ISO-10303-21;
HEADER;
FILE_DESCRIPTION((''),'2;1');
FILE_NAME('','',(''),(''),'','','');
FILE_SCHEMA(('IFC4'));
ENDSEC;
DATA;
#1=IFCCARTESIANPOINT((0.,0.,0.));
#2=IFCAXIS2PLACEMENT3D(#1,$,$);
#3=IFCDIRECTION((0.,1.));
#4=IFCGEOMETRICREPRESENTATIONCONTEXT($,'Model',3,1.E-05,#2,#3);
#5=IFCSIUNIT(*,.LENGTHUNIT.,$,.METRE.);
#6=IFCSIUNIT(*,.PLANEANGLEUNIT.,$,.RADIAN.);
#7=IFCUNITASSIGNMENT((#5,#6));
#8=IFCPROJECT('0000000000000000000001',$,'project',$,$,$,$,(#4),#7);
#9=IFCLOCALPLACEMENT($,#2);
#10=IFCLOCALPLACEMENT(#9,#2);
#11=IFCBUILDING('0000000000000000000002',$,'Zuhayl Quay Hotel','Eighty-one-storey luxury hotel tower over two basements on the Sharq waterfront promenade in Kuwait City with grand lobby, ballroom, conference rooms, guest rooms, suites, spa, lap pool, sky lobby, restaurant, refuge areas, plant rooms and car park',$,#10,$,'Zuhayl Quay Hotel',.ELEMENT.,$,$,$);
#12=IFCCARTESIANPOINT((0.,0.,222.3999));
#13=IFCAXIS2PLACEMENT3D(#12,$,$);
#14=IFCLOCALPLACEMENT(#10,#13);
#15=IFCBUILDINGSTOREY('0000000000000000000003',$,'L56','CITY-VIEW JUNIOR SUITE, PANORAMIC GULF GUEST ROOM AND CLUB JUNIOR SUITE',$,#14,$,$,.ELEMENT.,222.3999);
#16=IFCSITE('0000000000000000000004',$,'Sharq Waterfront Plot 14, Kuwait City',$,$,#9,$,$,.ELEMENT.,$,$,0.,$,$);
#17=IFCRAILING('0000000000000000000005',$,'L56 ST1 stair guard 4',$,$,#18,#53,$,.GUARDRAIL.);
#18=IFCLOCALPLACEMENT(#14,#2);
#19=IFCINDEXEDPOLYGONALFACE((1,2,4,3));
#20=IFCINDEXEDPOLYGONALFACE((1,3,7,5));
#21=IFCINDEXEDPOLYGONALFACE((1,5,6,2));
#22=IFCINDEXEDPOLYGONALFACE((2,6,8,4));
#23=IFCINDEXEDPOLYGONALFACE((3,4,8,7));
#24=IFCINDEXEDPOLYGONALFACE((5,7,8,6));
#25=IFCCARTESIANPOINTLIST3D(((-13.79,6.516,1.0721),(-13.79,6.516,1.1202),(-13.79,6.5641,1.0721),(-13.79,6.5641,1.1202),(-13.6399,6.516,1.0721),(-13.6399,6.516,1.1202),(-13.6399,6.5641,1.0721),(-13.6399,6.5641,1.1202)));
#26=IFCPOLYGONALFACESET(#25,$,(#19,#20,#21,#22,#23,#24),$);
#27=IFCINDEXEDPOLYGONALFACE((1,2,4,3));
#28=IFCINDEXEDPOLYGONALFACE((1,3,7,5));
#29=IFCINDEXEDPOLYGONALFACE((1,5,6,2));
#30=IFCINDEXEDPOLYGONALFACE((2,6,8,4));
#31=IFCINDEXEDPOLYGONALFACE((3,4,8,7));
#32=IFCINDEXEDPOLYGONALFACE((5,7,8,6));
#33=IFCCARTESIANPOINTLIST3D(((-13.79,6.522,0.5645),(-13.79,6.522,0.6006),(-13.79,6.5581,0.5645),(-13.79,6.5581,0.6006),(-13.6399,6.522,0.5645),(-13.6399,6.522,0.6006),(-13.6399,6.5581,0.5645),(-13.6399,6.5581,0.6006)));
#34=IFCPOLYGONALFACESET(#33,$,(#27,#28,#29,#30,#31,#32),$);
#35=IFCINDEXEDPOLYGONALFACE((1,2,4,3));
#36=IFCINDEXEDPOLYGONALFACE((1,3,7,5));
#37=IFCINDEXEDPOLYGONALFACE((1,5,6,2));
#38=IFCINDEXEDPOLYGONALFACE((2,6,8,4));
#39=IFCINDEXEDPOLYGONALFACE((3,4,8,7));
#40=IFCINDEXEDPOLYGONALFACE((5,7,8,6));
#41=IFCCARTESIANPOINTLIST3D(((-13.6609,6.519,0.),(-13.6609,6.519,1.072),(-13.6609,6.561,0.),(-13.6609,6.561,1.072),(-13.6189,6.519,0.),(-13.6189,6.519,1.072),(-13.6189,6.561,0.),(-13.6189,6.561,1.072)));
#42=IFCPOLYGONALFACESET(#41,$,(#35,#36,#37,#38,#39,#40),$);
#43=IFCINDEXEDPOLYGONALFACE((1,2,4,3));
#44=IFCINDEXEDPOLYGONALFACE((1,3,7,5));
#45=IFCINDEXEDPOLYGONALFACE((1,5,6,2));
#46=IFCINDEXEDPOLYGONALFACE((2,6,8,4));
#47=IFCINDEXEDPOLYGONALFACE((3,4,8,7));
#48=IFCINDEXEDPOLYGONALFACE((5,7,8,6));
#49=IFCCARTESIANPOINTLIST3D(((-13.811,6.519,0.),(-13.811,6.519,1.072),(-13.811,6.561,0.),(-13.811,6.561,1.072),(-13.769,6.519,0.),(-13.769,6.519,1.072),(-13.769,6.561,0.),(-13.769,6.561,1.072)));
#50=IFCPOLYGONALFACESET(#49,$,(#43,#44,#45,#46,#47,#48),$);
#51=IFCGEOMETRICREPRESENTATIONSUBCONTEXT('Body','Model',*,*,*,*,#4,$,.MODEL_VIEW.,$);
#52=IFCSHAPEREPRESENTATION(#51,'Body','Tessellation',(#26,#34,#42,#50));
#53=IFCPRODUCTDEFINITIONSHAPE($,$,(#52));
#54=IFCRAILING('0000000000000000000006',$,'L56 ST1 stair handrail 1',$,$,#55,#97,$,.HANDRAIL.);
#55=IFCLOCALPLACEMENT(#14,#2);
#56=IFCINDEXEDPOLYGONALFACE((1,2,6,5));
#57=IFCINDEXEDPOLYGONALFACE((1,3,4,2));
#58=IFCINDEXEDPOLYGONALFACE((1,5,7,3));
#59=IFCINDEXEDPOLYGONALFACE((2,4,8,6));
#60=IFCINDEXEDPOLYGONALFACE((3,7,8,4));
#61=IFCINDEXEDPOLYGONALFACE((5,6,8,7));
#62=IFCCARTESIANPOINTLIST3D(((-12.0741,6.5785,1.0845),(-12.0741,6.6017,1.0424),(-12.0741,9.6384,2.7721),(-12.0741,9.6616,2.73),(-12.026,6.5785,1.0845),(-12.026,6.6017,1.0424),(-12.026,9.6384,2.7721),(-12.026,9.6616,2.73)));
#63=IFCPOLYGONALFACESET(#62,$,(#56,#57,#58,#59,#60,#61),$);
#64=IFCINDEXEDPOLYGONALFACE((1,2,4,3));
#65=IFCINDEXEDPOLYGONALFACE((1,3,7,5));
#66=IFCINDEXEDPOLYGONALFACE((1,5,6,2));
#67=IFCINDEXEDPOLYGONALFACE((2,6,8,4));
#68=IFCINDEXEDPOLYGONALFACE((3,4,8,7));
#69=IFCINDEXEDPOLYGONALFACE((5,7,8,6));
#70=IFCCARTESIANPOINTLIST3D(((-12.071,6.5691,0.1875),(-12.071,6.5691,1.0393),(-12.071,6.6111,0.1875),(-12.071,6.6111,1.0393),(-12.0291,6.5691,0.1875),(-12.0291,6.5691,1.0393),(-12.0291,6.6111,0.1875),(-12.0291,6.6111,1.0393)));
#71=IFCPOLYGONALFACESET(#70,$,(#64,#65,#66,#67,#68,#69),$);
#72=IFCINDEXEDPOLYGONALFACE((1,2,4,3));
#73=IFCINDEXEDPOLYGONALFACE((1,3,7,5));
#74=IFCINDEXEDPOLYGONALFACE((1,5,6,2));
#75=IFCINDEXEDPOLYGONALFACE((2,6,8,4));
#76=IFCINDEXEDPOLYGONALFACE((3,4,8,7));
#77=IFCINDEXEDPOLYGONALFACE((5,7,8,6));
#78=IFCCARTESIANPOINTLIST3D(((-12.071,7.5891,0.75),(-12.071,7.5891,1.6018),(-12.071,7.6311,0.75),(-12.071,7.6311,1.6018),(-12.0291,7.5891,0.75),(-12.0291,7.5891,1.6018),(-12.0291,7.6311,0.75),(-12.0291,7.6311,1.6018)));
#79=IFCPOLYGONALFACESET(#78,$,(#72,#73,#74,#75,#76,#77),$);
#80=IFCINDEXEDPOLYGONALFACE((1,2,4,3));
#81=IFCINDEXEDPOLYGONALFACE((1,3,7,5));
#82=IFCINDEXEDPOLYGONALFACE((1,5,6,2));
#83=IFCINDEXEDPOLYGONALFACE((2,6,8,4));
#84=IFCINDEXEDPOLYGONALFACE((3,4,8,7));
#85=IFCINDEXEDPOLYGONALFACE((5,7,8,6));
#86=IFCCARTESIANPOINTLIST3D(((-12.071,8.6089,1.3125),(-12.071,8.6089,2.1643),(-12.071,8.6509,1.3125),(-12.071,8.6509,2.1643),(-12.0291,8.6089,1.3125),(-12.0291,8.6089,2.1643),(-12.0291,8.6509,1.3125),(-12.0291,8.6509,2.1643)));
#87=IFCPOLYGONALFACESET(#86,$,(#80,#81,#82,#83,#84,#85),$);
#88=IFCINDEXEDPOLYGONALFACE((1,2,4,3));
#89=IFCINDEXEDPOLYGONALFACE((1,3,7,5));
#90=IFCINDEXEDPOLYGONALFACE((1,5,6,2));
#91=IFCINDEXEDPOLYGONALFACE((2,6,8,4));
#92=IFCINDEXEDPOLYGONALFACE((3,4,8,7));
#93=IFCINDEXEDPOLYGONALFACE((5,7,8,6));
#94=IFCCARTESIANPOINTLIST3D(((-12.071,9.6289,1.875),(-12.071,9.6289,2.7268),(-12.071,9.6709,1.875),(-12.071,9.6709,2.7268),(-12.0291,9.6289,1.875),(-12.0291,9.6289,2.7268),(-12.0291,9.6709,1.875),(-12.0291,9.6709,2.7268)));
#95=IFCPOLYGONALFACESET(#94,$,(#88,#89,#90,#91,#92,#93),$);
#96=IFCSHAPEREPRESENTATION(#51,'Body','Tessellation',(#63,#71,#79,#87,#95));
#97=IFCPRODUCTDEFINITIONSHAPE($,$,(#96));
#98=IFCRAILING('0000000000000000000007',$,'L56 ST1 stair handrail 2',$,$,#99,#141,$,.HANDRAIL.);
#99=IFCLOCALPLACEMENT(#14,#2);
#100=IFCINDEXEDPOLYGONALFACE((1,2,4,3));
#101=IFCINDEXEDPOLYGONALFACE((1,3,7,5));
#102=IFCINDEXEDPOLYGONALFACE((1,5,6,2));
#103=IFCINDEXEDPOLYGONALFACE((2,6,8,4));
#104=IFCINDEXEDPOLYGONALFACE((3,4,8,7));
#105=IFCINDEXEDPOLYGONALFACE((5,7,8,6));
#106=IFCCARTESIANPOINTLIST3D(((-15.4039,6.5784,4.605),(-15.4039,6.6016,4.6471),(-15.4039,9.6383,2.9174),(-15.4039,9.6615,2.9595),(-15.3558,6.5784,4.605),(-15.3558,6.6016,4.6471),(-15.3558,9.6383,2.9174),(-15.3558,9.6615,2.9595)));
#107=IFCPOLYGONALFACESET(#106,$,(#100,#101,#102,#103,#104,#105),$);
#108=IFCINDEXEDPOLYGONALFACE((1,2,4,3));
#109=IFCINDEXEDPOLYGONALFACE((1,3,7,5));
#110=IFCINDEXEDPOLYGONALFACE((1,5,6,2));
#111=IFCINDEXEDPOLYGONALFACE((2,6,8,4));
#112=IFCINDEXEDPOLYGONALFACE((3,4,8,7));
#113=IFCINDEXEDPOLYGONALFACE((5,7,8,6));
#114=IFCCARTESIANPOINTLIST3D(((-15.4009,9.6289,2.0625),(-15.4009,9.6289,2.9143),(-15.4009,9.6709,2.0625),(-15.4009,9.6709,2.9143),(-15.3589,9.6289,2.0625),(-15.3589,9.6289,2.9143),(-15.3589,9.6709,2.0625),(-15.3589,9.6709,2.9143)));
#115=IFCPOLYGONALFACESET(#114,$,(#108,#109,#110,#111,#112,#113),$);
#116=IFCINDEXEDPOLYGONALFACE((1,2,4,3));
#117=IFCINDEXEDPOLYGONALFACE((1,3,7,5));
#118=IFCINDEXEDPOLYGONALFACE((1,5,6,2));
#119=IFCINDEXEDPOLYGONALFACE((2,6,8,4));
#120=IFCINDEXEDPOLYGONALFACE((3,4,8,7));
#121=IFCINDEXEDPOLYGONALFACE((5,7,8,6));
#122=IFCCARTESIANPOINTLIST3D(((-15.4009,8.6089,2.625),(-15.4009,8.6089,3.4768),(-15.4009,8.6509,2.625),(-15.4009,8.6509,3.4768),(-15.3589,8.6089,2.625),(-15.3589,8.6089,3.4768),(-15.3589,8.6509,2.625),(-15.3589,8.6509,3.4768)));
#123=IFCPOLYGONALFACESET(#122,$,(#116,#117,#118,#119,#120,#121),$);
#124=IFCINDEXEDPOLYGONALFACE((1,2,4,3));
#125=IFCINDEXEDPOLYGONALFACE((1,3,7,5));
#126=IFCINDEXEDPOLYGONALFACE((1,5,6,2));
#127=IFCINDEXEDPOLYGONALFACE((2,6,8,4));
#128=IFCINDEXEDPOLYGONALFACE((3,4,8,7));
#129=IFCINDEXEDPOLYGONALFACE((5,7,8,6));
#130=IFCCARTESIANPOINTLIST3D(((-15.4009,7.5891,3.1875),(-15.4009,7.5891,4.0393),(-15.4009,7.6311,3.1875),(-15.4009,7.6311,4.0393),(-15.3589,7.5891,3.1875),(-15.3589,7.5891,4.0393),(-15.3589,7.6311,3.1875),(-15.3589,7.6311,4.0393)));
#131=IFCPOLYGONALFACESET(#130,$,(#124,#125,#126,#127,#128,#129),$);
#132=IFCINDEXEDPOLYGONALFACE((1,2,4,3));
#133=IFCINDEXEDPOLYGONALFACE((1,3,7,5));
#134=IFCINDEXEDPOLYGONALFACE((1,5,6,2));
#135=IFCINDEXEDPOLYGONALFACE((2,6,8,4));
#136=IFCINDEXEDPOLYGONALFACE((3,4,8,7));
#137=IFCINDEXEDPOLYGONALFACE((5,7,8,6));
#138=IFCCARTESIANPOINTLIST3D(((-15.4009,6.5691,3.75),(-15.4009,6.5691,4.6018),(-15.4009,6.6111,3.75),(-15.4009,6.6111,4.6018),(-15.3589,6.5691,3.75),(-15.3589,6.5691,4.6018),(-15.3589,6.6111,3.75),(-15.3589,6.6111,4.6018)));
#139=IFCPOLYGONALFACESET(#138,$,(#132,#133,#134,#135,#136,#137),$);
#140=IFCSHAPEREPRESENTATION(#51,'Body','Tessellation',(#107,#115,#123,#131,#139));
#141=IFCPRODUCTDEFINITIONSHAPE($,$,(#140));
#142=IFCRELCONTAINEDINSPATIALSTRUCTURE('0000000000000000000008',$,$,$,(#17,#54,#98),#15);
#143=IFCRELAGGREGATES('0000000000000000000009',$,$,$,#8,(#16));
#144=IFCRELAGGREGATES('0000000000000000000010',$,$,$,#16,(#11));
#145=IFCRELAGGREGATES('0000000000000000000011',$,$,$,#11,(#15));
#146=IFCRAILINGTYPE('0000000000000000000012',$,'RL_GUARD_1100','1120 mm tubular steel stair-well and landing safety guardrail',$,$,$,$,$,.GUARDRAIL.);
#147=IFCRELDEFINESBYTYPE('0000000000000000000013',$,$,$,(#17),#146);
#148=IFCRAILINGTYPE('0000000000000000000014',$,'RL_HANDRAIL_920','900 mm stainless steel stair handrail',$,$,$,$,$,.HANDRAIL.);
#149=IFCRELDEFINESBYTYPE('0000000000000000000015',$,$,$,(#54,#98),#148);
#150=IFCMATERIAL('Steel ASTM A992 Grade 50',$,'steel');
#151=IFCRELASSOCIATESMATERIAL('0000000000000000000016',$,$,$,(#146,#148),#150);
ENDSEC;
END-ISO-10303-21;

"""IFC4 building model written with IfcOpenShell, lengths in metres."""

from ifc_helpers import new_model, si_unit, direction, frame, origin, origin_2d, place, context, subcontext, project, spatial, rectangle, extrude, material, type_object, element, save


model = new_model("IFC4")

# Units and contexts
model_context = context("Model", 3, precision=1e-05, world=origin(), true_north=direction((0.0, 1.0)))
body_context = subcontext(model_context, "Body", "Model", "MODEL_VIEW")
ifc_project = project(units=[si_unit("LENGTHUNIT", "METRE"), si_unit("PLANEANGLEUNIT", "RADIAN")], contexts=[model_context])

# Site, building, storey
site_placement = place(None, origin())
site = spatial("IfcSite", under=ifc_project, at=site_placement, Name="Sharq Waterfront Plot 14, Kuwait City", CompositionType="ELEMENT", RefElevation=0.0)
building_placement = place(site_placement, origin())
building = spatial("IfcBuilding", under=site, at=building_placement, Name="Zuhayl Quay Hotel", Description="Eighty-one-storey luxury hotel tower over two basements on the Sharq waterfront promenade in Kuwait City with grand lobby, ballroom, conference rooms, guest rooms, suites, spa, lap pool, sky lobby, restaurant, refuge areas, plant rooms and car park", LongName="Zuhayl Quay Hotel", CompositionType="ELEMENT")
storey_placement = place(building_placement, frame((0.0, 0.0, 222.3999)))
storey = spatial("IfcBuildingStorey", under=building, at=storey_placement, Name="L56", Description="CITY-VIEW JUNIOR SUITE, PANORAMIC GULF GUEST ROOM AND CLUB JUNIOR SUITE", CompositionType="ELEMENT", Elevation=222.3999)

# Shared definitions
ifc_material_1 = material(Name="Steel ASTM A992 Grade 50", Category="steel")

# Railings
railing_type_1 = type_object("IfcRailingType", Name="RL_GUARD_1100", Description="1120 mm tubular steel stair-well and landing safety guardrail", PredefinedType="GUARDRAIL", material=ifc_material_1)
railing_1_placement = place(storey_placement, frame((-13.6399, 6.54, 0.0)))
element("IfcRailing", 1, at=railing_1_placement, inside=storey, type_object=railing_type_1, Name="L56 ST1 stair guard 4", PredefinedType="GUARDRAIL", context=body_context, shape_type="SweptSolid", body=[
    extrude(rectangle(XDim=0.0481, YDim=0.0481, at=origin_2d()), frame((0.0, 0.0, 1.0962), z_axis=(-1.0, 0.0, 0.0), x_axis=(0.0, -1.0, 0.0)), (0.0, 0.0, 1.0), 0.1501),
    extrude(rectangle(XDim=0.0361, YDim=0.0361, at=origin_2d()), frame((0.0, 0.0, 0.5825), z_axis=(-1.0, 0.0, 0.0), x_axis=(0.0, -1.0, 0.0)), (0.0, 0.0, 1.0), 0.1501),
    extrude(rectangle(XDim=0.042, YDim=0.042, at=origin_2d()), origin(), (0.0, 0.0, 1.0), 1.072),
    extrude(rectangle(XDim=0.042, YDim=0.042, at=origin_2d()), frame((-0.1501, 0.0, 0.0)), (0.0, 0.0, 1.0), 1.072),
])
railing_type_2 = type_object("IfcRailingType", Name="RL_HANDRAIL_920", Description="900 mm stainless steel stair handrail", PredefinedType="HANDRAIL", material=ifc_material_1)
railing_2_placement = place(storey_placement, frame((-12.05, 6.5901, 0.1875)))
element("IfcRailing", 2, at=railing_2_placement, inside=storey, type_object=railing_type_2, Name="L56 ST1 stair handrail 1", PredefinedType="HANDRAIL", context=body_context, shape_type="SweptSolid", body=[
    extrude(rectangle(XDim=0.0481, YDim=0.0481, at=origin_2d()), frame((0.0, 0.0, 0.876), z_axis=(0.0, 0.875659, 0.48293), x_axis=(-1.0, 0.0, 0.0)), (0.0, 0.0, 1.0), 3.4944),
    extrude(rectangle(XDim=0.042, YDim=0.042, at=origin_2d()), origin(), (0.0, 0.0, 1.0), 0.8518),
    extrude(rectangle(XDim=0.042, YDim=0.042, at=origin_2d()), frame((0.0, 1.02, 0.5625)), (0.0, 0.0, 1.0), 0.8518),
    extrude(rectangle(XDim=0.042, YDim=0.042, at=origin_2d()), frame((0.0, 2.0398, 1.125)), (0.0, 0.0, 1.0), 0.8518),
    extrude(rectangle(XDim=0.042, YDim=0.042, at=origin_2d()), frame((0.0, 3.0598, 1.6875)), (0.0, 0.0, 1.0), 0.8518),
])
railing_3_placement = place(storey_placement, frame((-15.3799, 9.6499, 2.0625)))
element("IfcRailing", 3, at=railing_3_placement, inside=storey, type_object=railing_type_2, Name="L56 ST1 stair handrail 2", PredefinedType="HANDRAIL", context=body_context, shape_type="SweptSolid", body=[
    extrude(rectangle(XDim=0.0481, YDim=0.0481, at=origin_2d()), frame((0.0, 0.0, 0.876), z_axis=(0.0, -0.875659, 0.48293), x_axis=(1.0, 0.0, 0.0)), (0.0, 0.0, 1.0), 3.4944),
    extrude(rectangle(XDim=0.042, YDim=0.042, at=origin_2d()), origin(), (0.0, 0.0, 1.0), 0.8518),
    extrude(rectangle(XDim=0.042, YDim=0.042, at=origin_2d()), frame((0.0, -1.02, 0.5625)), (0.0, 0.0, 1.0), 0.8518),
    extrude(rectangle(XDim=0.042, YDim=0.042, at=origin_2d()), frame((0.0, -2.0398, 1.125)), (0.0, 0.0, 1.0), 0.8518),
    extrude(rectangle(XDim=0.042, YDim=0.042, at=origin_2d()), frame((0.0, -3.0598, 1.6875)), (0.0, 0.0, 1.0), 0.8518),
])

save(model, "model.ifc")
